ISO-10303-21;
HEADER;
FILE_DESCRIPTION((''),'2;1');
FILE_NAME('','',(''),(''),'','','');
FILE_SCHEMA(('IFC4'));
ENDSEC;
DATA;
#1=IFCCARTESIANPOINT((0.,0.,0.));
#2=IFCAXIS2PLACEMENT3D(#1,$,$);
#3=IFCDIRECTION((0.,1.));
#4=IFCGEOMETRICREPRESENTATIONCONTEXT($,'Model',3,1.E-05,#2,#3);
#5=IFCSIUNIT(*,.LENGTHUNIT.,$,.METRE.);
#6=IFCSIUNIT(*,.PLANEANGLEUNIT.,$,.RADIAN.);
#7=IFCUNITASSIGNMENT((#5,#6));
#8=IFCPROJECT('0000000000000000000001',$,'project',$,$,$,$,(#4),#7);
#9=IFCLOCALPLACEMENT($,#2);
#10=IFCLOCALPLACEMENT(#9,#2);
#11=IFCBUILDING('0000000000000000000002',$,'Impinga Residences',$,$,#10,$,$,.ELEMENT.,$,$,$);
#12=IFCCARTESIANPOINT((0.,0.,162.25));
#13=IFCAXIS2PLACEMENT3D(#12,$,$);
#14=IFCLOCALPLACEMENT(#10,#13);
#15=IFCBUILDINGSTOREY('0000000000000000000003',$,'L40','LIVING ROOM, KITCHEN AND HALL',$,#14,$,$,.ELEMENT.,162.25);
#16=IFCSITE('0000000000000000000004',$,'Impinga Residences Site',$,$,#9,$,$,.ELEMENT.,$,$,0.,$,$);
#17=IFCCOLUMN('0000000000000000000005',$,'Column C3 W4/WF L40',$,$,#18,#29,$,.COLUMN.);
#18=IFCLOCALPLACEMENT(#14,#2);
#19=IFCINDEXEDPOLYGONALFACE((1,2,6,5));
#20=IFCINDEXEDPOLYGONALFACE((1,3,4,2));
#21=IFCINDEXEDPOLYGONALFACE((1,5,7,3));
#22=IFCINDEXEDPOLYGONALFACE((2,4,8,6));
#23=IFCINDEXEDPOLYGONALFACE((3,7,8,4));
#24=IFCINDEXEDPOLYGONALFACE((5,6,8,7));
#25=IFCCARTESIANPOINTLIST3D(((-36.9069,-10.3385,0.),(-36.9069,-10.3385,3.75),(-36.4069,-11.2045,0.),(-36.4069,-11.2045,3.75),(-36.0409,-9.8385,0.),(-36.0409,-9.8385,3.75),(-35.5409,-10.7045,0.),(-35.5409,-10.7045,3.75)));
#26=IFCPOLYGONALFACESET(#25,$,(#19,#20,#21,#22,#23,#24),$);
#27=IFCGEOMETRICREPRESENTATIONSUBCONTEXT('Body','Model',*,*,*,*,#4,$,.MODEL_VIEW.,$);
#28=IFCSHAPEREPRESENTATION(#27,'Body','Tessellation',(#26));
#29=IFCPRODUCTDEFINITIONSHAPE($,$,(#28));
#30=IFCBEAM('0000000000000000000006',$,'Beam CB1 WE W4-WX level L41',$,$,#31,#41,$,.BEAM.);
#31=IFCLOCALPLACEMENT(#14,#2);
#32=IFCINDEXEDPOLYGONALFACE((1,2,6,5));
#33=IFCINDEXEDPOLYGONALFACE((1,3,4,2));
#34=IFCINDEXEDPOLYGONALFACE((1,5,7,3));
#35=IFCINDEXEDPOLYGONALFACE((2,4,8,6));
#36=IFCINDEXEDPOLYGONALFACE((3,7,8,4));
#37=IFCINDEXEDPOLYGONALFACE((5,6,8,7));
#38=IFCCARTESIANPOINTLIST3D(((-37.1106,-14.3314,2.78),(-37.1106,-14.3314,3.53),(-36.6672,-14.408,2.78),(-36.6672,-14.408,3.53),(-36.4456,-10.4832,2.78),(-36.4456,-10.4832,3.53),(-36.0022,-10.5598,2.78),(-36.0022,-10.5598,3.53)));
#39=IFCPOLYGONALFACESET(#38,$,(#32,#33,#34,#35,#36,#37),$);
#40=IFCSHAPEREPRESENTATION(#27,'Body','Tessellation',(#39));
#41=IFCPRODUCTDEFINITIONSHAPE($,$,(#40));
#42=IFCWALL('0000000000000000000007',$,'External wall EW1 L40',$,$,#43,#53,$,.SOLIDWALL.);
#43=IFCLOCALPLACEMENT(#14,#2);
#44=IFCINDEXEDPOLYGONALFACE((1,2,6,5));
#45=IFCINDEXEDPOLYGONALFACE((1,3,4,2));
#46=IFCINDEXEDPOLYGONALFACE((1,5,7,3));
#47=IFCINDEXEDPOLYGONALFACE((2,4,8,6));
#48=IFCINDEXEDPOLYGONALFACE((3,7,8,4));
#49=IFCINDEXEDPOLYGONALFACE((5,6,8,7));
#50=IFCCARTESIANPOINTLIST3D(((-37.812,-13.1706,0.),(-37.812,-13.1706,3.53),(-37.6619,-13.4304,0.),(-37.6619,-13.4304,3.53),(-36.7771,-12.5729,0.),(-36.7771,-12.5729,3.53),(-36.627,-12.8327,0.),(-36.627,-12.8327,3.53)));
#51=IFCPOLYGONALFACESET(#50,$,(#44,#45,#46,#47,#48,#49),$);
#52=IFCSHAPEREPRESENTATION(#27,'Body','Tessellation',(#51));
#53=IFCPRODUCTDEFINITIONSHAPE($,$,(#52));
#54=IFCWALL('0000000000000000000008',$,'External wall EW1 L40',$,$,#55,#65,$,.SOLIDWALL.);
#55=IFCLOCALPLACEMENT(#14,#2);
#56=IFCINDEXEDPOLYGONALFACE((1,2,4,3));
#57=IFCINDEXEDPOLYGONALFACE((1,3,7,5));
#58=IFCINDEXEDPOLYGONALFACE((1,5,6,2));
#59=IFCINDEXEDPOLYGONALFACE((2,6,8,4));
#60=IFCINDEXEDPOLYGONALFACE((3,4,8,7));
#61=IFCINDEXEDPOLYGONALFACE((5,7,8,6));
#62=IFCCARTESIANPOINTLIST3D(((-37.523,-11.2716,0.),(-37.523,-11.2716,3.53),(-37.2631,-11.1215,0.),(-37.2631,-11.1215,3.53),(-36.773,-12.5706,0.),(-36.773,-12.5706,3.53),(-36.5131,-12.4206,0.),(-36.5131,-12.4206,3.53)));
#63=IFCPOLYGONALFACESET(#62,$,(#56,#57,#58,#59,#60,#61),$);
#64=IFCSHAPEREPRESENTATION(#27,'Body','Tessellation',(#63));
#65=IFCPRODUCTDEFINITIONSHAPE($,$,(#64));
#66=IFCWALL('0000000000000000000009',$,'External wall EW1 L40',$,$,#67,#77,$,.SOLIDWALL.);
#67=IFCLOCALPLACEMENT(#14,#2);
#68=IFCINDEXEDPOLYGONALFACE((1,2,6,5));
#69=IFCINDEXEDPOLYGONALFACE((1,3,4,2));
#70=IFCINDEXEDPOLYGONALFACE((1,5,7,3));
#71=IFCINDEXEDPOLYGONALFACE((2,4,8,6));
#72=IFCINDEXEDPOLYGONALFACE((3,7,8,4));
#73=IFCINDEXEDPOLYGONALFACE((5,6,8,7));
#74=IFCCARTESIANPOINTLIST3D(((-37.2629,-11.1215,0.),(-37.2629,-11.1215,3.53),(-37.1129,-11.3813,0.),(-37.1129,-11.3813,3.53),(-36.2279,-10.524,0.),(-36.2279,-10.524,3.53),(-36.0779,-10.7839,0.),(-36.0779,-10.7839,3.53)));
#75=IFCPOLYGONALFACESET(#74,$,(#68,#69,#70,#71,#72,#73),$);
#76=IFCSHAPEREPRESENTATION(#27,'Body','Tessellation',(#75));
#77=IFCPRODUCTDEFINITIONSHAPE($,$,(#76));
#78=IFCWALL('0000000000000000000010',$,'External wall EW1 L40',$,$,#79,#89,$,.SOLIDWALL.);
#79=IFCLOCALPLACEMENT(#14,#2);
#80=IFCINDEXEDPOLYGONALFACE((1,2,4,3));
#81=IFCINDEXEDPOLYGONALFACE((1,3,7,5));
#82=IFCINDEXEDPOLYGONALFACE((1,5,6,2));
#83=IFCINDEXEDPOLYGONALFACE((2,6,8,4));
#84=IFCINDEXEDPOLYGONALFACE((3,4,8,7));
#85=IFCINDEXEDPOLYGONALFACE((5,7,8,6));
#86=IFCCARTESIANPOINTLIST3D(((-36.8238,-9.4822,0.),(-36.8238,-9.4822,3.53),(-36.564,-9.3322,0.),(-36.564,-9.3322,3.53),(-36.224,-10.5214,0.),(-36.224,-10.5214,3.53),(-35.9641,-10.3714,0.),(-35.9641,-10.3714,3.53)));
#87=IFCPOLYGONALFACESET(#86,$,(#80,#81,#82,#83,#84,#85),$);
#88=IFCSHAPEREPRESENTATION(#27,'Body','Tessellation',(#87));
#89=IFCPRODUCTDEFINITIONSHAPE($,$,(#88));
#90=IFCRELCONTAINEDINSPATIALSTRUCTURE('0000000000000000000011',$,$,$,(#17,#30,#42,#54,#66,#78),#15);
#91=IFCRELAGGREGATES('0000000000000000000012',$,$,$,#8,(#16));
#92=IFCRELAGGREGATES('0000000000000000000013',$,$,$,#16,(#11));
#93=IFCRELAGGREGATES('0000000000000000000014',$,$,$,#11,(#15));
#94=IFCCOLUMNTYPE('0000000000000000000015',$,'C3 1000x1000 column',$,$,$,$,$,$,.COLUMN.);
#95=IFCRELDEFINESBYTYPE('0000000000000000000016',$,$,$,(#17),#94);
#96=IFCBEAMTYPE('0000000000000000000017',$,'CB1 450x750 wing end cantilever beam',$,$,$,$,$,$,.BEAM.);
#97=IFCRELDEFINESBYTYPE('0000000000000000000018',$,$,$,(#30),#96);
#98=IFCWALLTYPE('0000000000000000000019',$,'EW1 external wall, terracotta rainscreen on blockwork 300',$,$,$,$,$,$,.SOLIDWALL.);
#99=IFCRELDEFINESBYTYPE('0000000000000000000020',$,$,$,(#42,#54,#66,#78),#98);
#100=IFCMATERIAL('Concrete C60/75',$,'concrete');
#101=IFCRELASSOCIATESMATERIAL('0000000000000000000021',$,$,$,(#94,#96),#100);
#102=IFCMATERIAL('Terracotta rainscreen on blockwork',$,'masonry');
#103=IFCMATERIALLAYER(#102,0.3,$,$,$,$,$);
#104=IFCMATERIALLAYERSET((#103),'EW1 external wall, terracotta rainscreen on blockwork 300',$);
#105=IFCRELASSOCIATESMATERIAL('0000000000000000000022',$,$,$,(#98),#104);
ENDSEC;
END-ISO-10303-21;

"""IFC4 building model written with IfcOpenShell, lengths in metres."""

from ifc_helpers import new_model, si_unit, direction, frame, frame_2d, origin, origin_2d, place, context, subcontext, project, spatial, rectangle, extrude, material, layer, layer_set, material_profile, profile_set, type_object, element, save


model = new_model("IFC4")

# Units and contexts
model_context = context("Model", 3, precision=1e-05, world=origin(), true_north=direction((0.0, 1.0)))
body_context = subcontext(model_context, "Body", "Model", "MODEL_VIEW")
ifc_project = project(units=[si_unit("LENGTHUNIT", "METRE"), si_unit("PLANEANGLEUNIT", "RADIAN")], contexts=[model_context])

# Site, building, storey
site_placement = place(None, origin())
site = spatial("IfcSite", under=ifc_project, at=site_placement, Name="Impinga Residences Site", CompositionType="ELEMENT", RefElevation=0.0)
building_placement = place(site_placement, origin())
building = spatial("IfcBuilding", under=site, at=building_placement, Name="Impinga Residences", CompositionType="ELEMENT")
storey_placement = place(building_placement, frame((0.0, 0.0, 162.25)))
storey = spatial("IfcBuildingStorey", under=building, at=storey_placement, Name="L40", Description="LIVING ROOM, KITCHEN AND HALL", CompositionType="ELEMENT", Elevation=162.25)

# Column
ifc_material_1 = material(Name="Concrete C60/75", Category="concrete")
ifc_material_profile_1 = material_profile(ifc_material_1, rectangle(XDim=1.0, YDim=1.0, at=origin_2d()), Name="RC 1000x1000")
ifc_profile_set_1 = profile_set([ifc_material_profile_1], Name="Concrete C60/75")
column_type = type_object("IfcColumnType", Name="C3 1000x1000 column", PredefinedType="COLUMN", material=ifc_profile_set_1)
column_placement = place(storey_placement, frame((-36.2239, -10.5215, 0.0), z_axis=(0.0, 0.0, 1.0), x_axis=(-0.5, 0.866025, 0.0)))
element("IfcColumn", 1, at=column_placement, inside=storey, type_object=column_type, Name="Column C3 W4/WF L40", PredefinedType="COLUMN", context=body_context, shape_type="SweptSolid", body=[
    extrude(rectangle(XDim=1.0, YDim=1.0, at=origin_2d()), origin(), (0.0, 0.0, 1.0), 3.75),
])

# Beam
ifc_material_profile_2 = material_profile(ifc_material_1, rectangle(XDim=0.45, YDim=0.75, at=origin_2d()), Name="RC 450x750")
ifc_profile_set_2 = profile_set([ifc_material_profile_2], Name="Concrete C60/75")
beam_type = type_object("IfcBeamType", Name="CB1 450x750 wing end cantilever beam", PredefinedType="BEAM", material=ifc_profile_set_2)
beam_placement = place(storey_placement, frame((-36.2239, -10.5215, 3.155), z_axis=(-0.170296, -0.985393, 0.0), x_axis=(0.985393, -0.170296, 0.0)))
element("IfcBeam", 2, at=beam_placement, inside=storey, type_object=beam_type, Name="Beam CB1 WE W4-WX level L41", PredefinedType="BEAM", context=body_context, shape_type="SweptSolid", body=[
    extrude(rectangle(XDim=0.45, YDim=0.75, at=origin_2d()), origin(), (0.0, 0.0, 1.0), 3.9053),
])

# Walls
ifc_material_2 = material(Name="Terracotta rainscreen on blockwork", Category="masonry")
ifc_layer_1 = layer(ifc_material_2, 0.3)
ifc_layer_set_1 = layer_set([ifc_layer_1], Name="EW1 external wall, terracotta rainscreen on blockwork 300")
wall_type_1 = type_object("IfcWallType", Name="EW1 external wall, terracotta rainscreen on blockwork 300", PredefinedType="SOLIDWALL", material=ifc_layer_set_1)
wall_1_placement = place(storey_placement, frame((-37.7371, -13.3005, 0.0), z_axis=(0.0, 0.0, 1.0), x_axis=(0.865971, 0.500094, 0.0)))
element("IfcWall", 3, at=wall_1_placement, inside=storey, type_object=wall_type_1, Name="External wall EW1 L40", PredefinedType="SOLIDWALL", context=body_context, shape_type="SweptSolid", body=[
    extrude(rectangle(XDim=1.1951, YDim=0.3, at=frame_2d((0.5977, 0.0))), origin(), (0.0, 0.0, 1.0), 3.53),
])
wall_2_placement = place(storey_placement, frame((-36.6431, -12.4956, 0.0), z_axis=(0.0, 0.0, 1.0), x_axis=(-0.49999, 0.866031, 0.0)))
element("IfcWall", 4, at=wall_2_placement, inside=storey, type_object=wall_type_1, Name="External wall EW1 L40", PredefinedType="SOLIDWALL", context=body_context, shape_type="SweptSolid", body=[
    extrude(rectangle(XDim=1.5, YDim=0.3, at=frame_2d((0.75, 0.0))), origin(), (0.0, 0.0, 1.0), 3.53),
])
wall_3_placement = place(storey_placement, frame((-37.188, -11.2515, 0.0), z_axis=(0.0, 0.0, 1.0), x_axis=(0.86606, 0.499941, 0.0)))
element("IfcWall", 5, at=wall_3_placement, inside=storey, type_object=wall_type_1, Name="External wall EW1 L40", PredefinedType="SOLIDWALL", context=body_context, shape_type="SweptSolid", body=[
    extrude(rectangle(XDim=1.1951, YDim=0.3, at=frame_2d((0.5977, 0.0))), origin(), (0.0, 0.0, 1.0), 3.53),
])
wall_4_placement = place(storey_placement, frame((-36.094, -10.4465, 0.0), z_axis=(0.0, 0.0, 1.0), x_axis=(-0.499881, 0.866094, 0.0)))
element("IfcWall", 6, at=wall_4_placement, inside=storey, type_object=wall_type_1, Name="External wall EW1 L40", PredefinedType="SOLIDWALL", context=body_context, shape_type="SweptSolid", body=[
    extrude(rectangle(XDim=1.2, YDim=0.3, at=frame_2d((0.6001, 0.0))), origin(), (0.0, 0.0, 1.0), 3.53),
])

save(model, "model.ifc")
